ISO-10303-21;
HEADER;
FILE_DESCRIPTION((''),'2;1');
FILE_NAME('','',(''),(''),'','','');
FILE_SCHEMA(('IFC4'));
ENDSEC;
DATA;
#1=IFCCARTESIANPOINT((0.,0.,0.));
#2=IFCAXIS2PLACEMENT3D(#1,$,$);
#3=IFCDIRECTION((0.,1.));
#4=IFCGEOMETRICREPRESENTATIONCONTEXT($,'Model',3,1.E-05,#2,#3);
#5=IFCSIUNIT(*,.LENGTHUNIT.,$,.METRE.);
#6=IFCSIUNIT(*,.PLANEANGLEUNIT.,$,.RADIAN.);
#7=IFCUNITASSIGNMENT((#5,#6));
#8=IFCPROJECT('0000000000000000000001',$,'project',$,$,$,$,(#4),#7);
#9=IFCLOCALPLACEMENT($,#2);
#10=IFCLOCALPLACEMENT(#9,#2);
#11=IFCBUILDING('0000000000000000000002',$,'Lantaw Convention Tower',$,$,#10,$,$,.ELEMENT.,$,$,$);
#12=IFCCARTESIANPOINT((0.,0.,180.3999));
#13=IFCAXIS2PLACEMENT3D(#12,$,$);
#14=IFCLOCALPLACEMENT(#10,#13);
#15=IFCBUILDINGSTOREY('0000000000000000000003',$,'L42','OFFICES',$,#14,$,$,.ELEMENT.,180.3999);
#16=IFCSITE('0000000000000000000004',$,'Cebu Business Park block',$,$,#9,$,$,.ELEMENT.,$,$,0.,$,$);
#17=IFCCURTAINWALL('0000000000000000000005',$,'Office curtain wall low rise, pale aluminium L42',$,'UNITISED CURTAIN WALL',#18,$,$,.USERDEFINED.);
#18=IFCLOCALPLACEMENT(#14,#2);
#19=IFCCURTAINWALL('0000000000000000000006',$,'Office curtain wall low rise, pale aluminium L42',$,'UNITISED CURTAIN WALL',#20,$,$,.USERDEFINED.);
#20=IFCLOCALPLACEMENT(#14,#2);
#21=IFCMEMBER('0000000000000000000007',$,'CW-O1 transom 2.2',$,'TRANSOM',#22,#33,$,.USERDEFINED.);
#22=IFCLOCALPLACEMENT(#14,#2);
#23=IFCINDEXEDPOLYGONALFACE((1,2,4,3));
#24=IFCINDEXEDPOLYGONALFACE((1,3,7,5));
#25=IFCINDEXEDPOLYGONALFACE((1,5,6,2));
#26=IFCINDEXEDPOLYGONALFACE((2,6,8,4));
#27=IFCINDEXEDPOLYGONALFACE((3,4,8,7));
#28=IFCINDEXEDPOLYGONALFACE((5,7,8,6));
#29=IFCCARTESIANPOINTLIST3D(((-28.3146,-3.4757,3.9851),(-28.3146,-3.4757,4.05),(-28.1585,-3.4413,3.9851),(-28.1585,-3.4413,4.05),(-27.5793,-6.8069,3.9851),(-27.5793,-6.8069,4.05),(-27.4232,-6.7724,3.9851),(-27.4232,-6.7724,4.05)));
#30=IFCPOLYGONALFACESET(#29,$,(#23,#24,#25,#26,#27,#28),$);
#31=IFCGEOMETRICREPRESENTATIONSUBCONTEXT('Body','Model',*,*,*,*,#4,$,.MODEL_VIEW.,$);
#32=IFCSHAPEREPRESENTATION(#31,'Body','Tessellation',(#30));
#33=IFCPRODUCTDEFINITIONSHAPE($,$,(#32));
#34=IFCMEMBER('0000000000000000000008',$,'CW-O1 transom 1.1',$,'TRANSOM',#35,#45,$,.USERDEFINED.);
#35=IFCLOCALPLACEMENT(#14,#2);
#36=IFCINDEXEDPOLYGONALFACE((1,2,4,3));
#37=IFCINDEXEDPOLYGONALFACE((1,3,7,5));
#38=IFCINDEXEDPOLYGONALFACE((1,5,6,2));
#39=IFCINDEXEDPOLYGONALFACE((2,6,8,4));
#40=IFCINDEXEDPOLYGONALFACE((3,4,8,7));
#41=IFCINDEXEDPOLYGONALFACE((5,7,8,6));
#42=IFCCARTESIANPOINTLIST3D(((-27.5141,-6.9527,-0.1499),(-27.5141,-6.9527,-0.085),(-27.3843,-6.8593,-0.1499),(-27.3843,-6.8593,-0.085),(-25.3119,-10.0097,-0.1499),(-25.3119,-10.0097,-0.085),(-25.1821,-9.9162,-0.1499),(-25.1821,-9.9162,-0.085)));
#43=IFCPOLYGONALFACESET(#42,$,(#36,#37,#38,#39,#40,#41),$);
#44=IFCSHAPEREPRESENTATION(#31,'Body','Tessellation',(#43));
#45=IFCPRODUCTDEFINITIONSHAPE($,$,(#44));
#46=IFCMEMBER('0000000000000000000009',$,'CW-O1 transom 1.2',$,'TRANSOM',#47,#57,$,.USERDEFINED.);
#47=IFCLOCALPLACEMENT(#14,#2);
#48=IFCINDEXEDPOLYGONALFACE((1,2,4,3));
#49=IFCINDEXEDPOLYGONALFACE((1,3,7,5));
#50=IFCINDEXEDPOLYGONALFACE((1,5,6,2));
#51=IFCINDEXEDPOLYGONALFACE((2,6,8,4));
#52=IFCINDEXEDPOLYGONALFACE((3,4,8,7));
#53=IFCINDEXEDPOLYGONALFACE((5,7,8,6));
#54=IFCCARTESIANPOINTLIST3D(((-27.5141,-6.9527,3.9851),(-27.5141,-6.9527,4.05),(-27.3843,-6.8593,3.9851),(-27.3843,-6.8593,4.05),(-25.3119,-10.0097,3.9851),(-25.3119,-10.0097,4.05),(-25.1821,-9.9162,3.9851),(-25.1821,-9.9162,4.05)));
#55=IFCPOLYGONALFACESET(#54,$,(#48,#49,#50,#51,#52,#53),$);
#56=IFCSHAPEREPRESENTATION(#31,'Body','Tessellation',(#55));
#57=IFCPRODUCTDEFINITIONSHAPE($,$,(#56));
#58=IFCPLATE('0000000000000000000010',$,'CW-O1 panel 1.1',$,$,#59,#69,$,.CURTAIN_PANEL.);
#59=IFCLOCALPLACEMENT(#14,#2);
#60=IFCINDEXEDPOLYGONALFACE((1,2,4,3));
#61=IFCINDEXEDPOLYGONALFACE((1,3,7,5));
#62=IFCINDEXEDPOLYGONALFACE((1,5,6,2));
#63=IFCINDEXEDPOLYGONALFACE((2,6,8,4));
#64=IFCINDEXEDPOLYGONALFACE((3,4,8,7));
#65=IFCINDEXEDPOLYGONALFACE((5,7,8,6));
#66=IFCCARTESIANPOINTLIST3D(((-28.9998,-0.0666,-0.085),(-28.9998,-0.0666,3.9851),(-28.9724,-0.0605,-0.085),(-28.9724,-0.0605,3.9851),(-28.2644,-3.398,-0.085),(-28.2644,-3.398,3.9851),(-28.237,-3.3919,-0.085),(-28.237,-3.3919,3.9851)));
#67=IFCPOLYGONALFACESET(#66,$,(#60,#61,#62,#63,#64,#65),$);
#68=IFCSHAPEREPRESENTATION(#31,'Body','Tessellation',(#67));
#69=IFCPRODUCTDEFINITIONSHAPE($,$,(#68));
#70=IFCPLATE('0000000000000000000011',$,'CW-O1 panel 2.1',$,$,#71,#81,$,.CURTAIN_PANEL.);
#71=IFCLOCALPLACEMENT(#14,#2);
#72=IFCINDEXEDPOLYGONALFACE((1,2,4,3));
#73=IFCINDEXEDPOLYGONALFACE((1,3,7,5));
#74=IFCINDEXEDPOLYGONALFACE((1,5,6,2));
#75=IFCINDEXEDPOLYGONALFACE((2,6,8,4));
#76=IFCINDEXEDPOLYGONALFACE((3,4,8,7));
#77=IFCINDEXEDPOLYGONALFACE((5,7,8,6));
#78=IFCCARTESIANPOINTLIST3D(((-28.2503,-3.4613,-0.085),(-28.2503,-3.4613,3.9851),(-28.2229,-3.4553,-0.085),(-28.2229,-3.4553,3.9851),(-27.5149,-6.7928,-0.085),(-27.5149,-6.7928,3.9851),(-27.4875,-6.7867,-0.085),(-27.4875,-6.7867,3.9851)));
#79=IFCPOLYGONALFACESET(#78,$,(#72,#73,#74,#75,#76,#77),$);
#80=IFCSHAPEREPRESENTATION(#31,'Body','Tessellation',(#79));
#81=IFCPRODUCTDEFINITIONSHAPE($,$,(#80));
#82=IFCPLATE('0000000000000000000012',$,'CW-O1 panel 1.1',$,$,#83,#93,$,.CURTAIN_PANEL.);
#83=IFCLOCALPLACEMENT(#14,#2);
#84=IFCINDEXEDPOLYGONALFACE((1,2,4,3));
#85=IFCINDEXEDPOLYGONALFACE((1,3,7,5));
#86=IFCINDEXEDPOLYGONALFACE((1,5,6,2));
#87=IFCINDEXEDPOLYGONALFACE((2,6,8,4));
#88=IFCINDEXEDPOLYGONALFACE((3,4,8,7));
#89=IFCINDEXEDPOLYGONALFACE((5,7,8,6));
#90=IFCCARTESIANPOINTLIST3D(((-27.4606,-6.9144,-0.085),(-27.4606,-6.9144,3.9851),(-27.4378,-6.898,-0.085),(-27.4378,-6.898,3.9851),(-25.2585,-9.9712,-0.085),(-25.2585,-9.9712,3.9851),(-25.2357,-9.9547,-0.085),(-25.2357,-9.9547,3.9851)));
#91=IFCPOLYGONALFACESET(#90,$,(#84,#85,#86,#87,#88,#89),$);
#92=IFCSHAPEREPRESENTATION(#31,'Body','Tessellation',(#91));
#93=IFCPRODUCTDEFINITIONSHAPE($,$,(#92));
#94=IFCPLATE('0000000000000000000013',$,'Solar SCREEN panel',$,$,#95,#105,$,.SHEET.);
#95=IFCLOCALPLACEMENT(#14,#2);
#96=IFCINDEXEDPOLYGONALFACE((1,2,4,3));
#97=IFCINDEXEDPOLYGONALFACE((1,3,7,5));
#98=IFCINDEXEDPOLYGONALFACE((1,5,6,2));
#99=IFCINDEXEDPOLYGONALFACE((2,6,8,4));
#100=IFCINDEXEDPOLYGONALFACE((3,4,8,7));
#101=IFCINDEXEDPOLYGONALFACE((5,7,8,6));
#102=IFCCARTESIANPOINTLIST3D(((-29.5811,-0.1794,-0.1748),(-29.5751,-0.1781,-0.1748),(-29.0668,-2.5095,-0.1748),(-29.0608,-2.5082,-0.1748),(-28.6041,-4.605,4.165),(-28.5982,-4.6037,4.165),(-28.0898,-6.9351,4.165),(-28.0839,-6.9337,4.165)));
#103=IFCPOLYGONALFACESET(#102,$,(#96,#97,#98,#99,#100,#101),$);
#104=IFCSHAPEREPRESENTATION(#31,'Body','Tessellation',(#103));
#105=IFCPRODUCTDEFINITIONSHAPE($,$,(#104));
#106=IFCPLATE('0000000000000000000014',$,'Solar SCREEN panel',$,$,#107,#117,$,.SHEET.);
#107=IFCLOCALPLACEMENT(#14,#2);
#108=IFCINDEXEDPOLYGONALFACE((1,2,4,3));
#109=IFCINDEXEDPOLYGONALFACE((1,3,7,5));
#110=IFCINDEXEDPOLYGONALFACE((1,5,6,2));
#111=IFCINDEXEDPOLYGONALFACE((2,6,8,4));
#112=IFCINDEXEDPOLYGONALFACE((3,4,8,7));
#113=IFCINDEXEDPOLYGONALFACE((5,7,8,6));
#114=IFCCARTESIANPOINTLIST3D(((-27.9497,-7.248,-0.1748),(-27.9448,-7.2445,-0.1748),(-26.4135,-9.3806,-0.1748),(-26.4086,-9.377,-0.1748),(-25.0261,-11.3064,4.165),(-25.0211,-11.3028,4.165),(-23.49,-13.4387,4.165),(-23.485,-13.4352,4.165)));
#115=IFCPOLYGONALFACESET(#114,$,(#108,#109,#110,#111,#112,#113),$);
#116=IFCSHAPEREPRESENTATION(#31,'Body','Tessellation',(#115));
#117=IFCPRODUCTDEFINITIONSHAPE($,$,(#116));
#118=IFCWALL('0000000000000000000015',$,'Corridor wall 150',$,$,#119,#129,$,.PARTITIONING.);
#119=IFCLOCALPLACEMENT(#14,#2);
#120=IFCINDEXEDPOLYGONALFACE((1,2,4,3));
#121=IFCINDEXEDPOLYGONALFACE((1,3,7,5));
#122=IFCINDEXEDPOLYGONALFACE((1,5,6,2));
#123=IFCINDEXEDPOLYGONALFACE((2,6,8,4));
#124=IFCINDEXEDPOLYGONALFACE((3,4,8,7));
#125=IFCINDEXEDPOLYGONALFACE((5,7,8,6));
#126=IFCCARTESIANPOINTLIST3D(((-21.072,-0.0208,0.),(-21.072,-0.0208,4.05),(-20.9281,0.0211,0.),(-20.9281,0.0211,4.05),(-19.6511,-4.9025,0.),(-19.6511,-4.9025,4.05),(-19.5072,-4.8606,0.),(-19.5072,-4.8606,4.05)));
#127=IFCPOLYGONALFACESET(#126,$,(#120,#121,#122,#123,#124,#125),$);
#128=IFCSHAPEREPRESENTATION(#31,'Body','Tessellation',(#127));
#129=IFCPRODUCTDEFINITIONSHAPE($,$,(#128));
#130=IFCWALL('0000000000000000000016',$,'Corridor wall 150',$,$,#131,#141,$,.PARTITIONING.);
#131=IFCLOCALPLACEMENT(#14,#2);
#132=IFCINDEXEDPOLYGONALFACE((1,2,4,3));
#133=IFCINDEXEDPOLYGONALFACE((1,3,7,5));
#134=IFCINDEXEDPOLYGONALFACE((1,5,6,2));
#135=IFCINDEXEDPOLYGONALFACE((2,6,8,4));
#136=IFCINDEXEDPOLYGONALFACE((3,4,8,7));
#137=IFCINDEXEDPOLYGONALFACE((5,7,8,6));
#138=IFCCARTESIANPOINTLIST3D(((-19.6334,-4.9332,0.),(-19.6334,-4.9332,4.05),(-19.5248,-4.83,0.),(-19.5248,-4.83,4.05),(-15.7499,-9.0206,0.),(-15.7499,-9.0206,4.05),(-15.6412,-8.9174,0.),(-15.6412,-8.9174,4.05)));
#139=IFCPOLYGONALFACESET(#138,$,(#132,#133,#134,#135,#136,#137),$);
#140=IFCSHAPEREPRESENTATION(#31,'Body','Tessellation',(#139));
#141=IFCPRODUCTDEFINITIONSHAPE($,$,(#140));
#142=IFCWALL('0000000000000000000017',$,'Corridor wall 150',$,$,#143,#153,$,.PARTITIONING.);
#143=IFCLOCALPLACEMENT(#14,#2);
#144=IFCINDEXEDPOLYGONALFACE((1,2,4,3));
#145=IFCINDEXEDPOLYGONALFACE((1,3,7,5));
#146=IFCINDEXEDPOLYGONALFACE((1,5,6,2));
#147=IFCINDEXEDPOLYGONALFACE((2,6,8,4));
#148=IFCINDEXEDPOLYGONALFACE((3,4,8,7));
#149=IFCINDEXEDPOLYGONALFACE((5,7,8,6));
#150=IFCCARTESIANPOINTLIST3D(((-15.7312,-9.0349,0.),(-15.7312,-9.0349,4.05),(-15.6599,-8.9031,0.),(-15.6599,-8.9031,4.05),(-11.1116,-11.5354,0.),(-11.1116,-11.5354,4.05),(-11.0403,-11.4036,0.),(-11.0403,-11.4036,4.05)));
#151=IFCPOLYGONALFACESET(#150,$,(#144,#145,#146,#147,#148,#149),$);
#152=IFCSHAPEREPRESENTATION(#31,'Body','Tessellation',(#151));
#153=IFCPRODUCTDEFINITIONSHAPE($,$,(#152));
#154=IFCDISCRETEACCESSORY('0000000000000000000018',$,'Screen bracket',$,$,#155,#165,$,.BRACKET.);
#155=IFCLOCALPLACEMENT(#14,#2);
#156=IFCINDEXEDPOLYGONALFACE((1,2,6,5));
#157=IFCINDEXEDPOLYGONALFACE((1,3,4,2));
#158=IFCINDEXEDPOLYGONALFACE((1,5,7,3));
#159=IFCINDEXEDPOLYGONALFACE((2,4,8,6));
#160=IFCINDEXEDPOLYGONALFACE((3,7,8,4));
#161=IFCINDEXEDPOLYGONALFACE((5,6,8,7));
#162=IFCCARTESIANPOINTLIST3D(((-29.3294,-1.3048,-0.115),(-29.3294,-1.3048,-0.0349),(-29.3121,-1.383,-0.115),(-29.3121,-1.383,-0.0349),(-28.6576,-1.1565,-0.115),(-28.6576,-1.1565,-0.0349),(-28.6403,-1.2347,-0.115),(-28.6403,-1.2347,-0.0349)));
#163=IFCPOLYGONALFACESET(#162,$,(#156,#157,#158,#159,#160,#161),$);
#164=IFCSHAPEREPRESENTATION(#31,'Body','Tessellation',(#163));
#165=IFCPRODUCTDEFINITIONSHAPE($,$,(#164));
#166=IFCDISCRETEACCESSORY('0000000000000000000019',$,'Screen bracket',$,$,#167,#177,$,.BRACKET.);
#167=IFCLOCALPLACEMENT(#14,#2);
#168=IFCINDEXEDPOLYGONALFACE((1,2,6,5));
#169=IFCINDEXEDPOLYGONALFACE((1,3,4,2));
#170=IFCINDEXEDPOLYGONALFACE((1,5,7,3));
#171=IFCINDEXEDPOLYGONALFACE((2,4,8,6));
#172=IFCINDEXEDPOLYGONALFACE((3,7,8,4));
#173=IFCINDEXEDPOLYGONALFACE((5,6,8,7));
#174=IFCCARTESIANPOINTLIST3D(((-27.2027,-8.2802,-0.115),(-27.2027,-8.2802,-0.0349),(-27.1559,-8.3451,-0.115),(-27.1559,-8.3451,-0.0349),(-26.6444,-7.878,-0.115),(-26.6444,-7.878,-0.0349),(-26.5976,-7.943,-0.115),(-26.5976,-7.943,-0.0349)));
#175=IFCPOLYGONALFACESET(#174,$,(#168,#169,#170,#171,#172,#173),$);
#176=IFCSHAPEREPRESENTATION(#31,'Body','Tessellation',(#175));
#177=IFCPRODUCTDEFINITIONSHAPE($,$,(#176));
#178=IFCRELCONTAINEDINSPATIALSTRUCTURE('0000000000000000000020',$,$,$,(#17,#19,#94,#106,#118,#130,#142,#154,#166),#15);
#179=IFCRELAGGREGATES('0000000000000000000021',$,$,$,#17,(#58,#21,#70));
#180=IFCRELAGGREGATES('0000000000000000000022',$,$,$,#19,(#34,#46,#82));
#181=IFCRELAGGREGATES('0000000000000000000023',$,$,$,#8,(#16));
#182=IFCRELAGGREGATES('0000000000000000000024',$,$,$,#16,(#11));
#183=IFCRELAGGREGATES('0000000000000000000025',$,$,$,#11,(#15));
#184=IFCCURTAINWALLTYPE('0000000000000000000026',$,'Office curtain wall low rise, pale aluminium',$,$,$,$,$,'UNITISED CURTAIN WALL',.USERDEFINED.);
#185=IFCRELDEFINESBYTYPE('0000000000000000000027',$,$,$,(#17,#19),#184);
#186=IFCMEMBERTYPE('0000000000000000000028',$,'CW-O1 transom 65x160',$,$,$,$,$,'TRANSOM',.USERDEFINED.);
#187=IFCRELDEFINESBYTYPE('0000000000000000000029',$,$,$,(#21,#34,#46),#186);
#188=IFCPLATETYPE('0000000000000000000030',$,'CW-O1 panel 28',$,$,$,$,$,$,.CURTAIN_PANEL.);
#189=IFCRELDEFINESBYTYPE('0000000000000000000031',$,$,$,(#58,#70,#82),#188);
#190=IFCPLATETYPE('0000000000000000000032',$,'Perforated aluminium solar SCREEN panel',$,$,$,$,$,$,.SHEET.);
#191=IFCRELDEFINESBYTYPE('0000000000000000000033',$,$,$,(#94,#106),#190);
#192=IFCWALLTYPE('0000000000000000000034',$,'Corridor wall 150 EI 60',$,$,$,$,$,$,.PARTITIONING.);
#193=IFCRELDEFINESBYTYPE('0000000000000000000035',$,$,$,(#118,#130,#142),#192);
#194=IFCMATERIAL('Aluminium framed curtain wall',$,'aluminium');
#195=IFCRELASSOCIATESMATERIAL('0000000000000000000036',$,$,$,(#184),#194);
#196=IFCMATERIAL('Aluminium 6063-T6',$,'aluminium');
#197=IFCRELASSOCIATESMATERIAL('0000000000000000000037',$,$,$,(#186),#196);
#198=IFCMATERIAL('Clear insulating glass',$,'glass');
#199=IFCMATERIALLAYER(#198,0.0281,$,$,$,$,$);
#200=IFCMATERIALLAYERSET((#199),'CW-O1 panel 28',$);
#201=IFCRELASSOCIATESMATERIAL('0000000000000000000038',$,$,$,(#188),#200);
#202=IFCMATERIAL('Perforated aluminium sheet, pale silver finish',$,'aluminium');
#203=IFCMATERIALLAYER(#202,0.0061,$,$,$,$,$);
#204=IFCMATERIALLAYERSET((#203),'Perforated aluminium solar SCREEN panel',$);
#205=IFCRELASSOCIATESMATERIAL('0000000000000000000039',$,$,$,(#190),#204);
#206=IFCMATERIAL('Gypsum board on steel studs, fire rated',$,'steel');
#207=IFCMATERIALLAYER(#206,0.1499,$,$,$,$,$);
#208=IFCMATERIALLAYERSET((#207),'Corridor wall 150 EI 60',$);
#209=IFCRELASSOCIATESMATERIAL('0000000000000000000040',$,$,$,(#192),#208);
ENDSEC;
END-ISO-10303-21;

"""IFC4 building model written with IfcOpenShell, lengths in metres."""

from ifc_helpers import new_model, si_unit, direction, frame, frame_2d, origin, origin_2d, place, context, subcontext, project, spatial, polyline, rectangle, outline, extrude, material, layer, layer_set, material_profile, profile_set, type_object, element, aggregate, save


model = new_model("IFC4")

# Units and contexts
model_context = context("Model", 3, precision=1e-05, world=origin(), true_north=direction((0.0, 1.0)))
body_context = subcontext(model_context, "Body", "Model", "MODEL_VIEW")
ifc_project = project(units=[si_unit("LENGTHUNIT", "METRE"), si_unit("PLANEANGLEUNIT", "RADIAN")], contexts=[model_context])

# Site, building, storey
site_placement = place(None, origin())
site = spatial("IfcSite", under=ifc_project, at=site_placement, Name="Cebu Business Park block", CompositionType="ELEMENT", RefElevation=0.0)
building_placement = place(site_placement, origin())
building = spatial("IfcBuilding", under=site, at=building_placement, Name="Lantaw Convention Tower", CompositionType="ELEMENT")
storey_placement = place(building_placement, frame((0.0, 0.0, 180.3999)))
storey = spatial("IfcBuildingStorey", under=building, at=storey_placement, Name="L42", Description="OFFICES", CompositionType="ELEMENT", Elevation=180.3999)

# Curtain wall
ifc_material_1 = material(Name="Aluminium framed curtain wall", Category="aluminium")
curtain_wall_type = type_object("IfcCurtainWallType", Name="Office curtain wall low rise, pale aluminium", ElementType="UNITISED CURTAIN WALL", PredefinedType="USERDEFINED", material=ifc_material_1)
curtain_wall_1_placement = place(storey_placement, origin())
curtain_wall_1 = element("IfcCurtainWall", 1, at=curtain_wall_1_placement, inside=storey, type_object=curtain_wall_type, Name="Office curtain wall low rise, pale aluminium L42", ObjectType="UNITISED CURTAIN WALL", PredefinedType="USERDEFINED")
ifc_material_2 = material(Name="Aluminium 6063-T6", Category="aluminium")

# Curtain wall
curtain_wall_2_placement = place(storey_placement, origin())
curtain_wall_2 = element("IfcCurtainWall", 2, at=curtain_wall_2_placement, inside=storey, type_object=curtain_wall_type, Name="Office curtain wall low rise, pale aluminium L42", ObjectType="UNITISED CURTAIN WALL", PredefinedType="USERDEFINED")

# Members
ifc_material_profile_1 = material_profile(ifc_material_2, rectangle(XDim=0.1599, YDim=0.0649, at=origin_2d()), Name="CW-O1 transom 65x160")
ifc_profile_set_1 = profile_set([ifc_material_profile_1], Name="Aluminium 6063-T6")
member_type_1 = type_object("IfcMemberType", Name="CW-O1 transom 65x160", ElementType="TRANSOM", PredefinedType="USERDEFINED", material=ifc_profile_set_1)
member_1_placement = place(storey_placement, frame((-28.2366, -3.4585, 4.0176), z_axis=(0.215551, -0.976493, 0.0), x_axis=(0.976493, 0.215551, 0.0)))
member_1 = element("IfcMember", 3, at=member_1_placement, type_object=member_type_1, Name="CW-O1 transom 2.2", ObjectType="TRANSOM", PredefinedType="USERDEFINED", context=body_context, shape_type="SweptSolid", body=[
    extrude(rectangle(XDim=0.1599, YDim=0.0649, at=origin_2d()), origin(), (0.0, 0.0, 1.0), 3.4114),
])
member_2_placement = place(storey_placement, frame((-27.4492, -6.906, -0.1174), z_axis=(0.584513, -0.811384, 0.0), x_axis=(0.811384, 0.584513, 0.0)))
member_2 = element("IfcMember", 4, at=member_2_placement, type_object=member_type_1, Name="CW-O1 transom 1.1", ObjectType="TRANSOM", PredefinedType="USERDEFINED", context=body_context, shape_type="SweptSolid", body=[
    extrude(rectangle(XDim=0.1599, YDim=0.0649, at=origin_2d()), origin(), (0.0, 0.0, 1.0), 3.7676),
])
member_3_placement = place(storey_placement, frame((-27.4492, -6.906, 4.0176), z_axis=(0.584513, -0.811384, 0.0), x_axis=(0.811384, 0.584513, 0.0)))
member_3 = element("IfcMember", 5, at=member_3_placement, type_object=member_type_1, Name="CW-O1 transom 1.2", ObjectType="TRANSOM", PredefinedType="USERDEFINED", context=body_context, shape_type="SweptSolid", body=[
    extrude(rectangle(XDim=0.1599, YDim=0.0649, at=origin_2d()), origin(), (0.0, 0.0, 1.0), 3.7676),
])

# Plates
ifc_material_3 = material(Name="Clear insulating glass", Category="glass")
ifc_layer_1 = layer(ifc_material_3, 0.0281)
ifc_layer_set_1 = layer_set([ifc_layer_1], Name="CW-O1 panel 28")
plate_type_1 = type_object("IfcPlateType", Name="CW-O1 panel 28", PredefinedType="CURTAIN_PANEL", material=ifc_layer_set_1)
plate_1_placement = place(storey_placement, frame((-28.6184, -1.7292, -0.085), z_axis=(0.0, 0.0, 1.0), x_axis=(0.215546, -0.976494, 0.0)))
plate_1 = element("IfcPlate", 6, at=plate_1_placement, type_object=plate_type_1, Name="CW-O1 panel 1.1", PredefinedType="CURTAIN_PANEL", context=body_context, shape_type="SweptSolid", body=[
    extrude(rectangle(XDim=3.4116, YDim=0.0281, at=origin_2d()), origin(), (0.0, 0.0, 1.0), 4.0701),
])
plate_2_placement = place(storey_placement, frame((-27.8689, -5.124, -0.085), z_axis=(0.0, 0.0, 1.0), x_axis=(0.215546, -0.976494, 0.0)))
plate_2 = element("IfcPlate", 7, at=plate_2_placement, type_object=plate_type_1, Name="CW-O1 panel 2.1", PredefinedType="CURTAIN_PANEL", context=body_context, shape_type="SweptSolid", body=[
    extrude(rectangle(XDim=3.4116, YDim=0.0281, at=origin_2d()), origin(), (0.0, 0.0, 1.0), 4.0701),
])
aggregate(curtain_wall_1, [plate_1, member_1, plate_2])
plate_3_placement = place(storey_placement, frame((-26.3481, -8.4346, -0.085), z_axis=(0.0, 0.0, 1.0), x_axis=(0.584513, -0.811385, 0.0)))
plate_3 = element("IfcPlate", 8, at=plate_3_placement, type_object=plate_type_1, Name="CW-O1 panel 1.1", PredefinedType="CURTAIN_PANEL", context=body_context, shape_type="SweptSolid", body=[
    extrude(rectangle(XDim=3.7673, YDim=0.0281, at=origin_2d()), origin(), (0.0, 0.0, 1.0), 4.0701),
])
aggregate(curtain_wall_2, [member_2, member_3, plate_3])

# Plates
ifc_material_4 = material(Name="Perforated aluminium sheet, pale silver finish", Category="aluminium")
ifc_layer_2 = layer(ifc_material_4, 0.0061)
ifc_layer_set_2 = layer_set([ifc_layer_2], Name="Perforated aluminium solar SCREEN panel")
plate_type_2 = type_object("IfcPlateType", Name="Perforated aluminium solar SCREEN panel", PredefinedType="SHEET", material=ifc_layer_set_2)
plate_4_placement = place(storey_placement, frame((-29.5811, -0.1794, -0.1748), z_axis=(-0.976498, -0.215527, 0.000033), x_axis=(0.215527, -0.976498, 0.0)))
element("IfcPlate", 9, at=plate_4_placement, inside=storey, type_object=plate_type_2, Name="Solar SCREEN panel", PredefinedType="SHEET", context=body_context, shape_type="SweptSolid", body=[
    extrude(outline(polyline([(0.0, 0.0), (2.3862, 0.0), (6.9182, 4.3398), (4.5321, 4.3398), (0.0, 0.0)])), origin(), (0.0, 0.0, -1.0), 0.0061),
])
plate_5_placement = place(storey_placement, frame((-27.9497, -7.248, -0.1748), z_axis=(-0.811395, -0.584498, 0.000036), x_axis=(0.584498, -0.811395, 0.0)))
element("IfcPlate", 10, at=plate_5_placement, inside=storey, type_object=plate_type_2, Name="Solar SCREEN panel", PredefinedType="SHEET", context=body_context, shape_type="SweptSolid", body=[
    extrude(outline(polyline([(0.0, 0.0), (2.6282, 0.0), (7.6298, 4.3398), (5.0018, 4.3398), (0.0, 0.0)])), origin(), (0.0, 0.0, -1.0), 0.0061),
])

# Walls
ifc_material_5 = material(Name="Gypsum board on steel studs, fire rated", Category="steel")
ifc_layer_3 = layer(ifc_material_5, 0.1499)
ifc_layer_set_3 = layer_set([ifc_layer_3], Name="Corridor wall 150 EI 60")
wall_type = type_object("IfcWallType", Name="Corridor wall 150 EI 60", PredefinedType="PARTITIONING", material=ifc_layer_set_3)
wall_1_placement = place(storey_placement, frame((-21.0, 0.0, 0.0), z_axis=(0.0, 0.0, 1.0), x_axis=(0.279474, -0.960153, 0.0)))
element("IfcWall", 11, at=wall_1_placement, inside=storey, type_object=wall_type, Name="Corridor wall 150", PredefinedType="PARTITIONING", context=body_context, shape_type="SweptSolid", body=[
    extrude(rectangle(XDim=5.0842, YDim=0.1499, at=frame_2d((2.542, 0.0))), origin(), (0.0, 0.0, 1.0), 4.05),
])
wall_2_placement = place(storey_placement, frame((-19.5791, -4.8816, 0.0), z_axis=(0.0, 0.0, 1.0), x_axis=(0.688797, -0.724954, 0.0)))
element("IfcWall", 12, at=wall_2_placement, inside=storey, type_object=wall_type, Name="Corridor wall 150", PredefinedType="PARTITIONING", context=body_context, shape_type="SweptSolid", body=[
    extrude(rectangle(XDim=5.6382, YDim=0.1499, at=frame_2d((2.8191, 0.0))), origin(), (0.0, 0.0, 1.0), 4.05),
])
wall_3_placement = place(storey_placement, frame((-15.6956, -8.969, 0.0), z_axis=(0.0, 0.0, 1.0), x_axis=(0.879436, -0.476017, 0.0)))
element("IfcWall", 13, at=wall_3_placement, inside=storey, type_object=wall_type, Name="Corridor wall 150", PredefinedType="PARTITIONING", context=body_context, shape_type="SweptSolid", body=[
    extrude(rectangle(XDim=5.2529, YDim=0.1499, at=frame_2d((2.6265, 0.0))), origin(), (0.0, 0.0, 1.0), 4.05),
])

# Discrete accessories
for number, where, z_axis, x_axis, name in (
    (14, (-28.9849, -1.2698, -0.115), (0.0, 0.0, 1.0), (0.215546, -0.976494, 0.0), "Screen bracket"),
    (15, (-26.9001, -8.1116, -0.115), (0.0, 0.0, 1.0), (0.584513, -0.811385, 0.0), "Screen bracket"),
):
    element("IfcDiscreteAccessory", number, at=place(storey_placement, frame(where, z_axis=z_axis, x_axis=x_axis)), inside=storey, Name=name, PredefinedType="BRACKET", context=body_context, shape_type="SweptSolid", body=[
        extrude(rectangle(XDim=0.0801, YDim=0.688, at=origin_2d()), origin(), (0.0, 0.0, 1.0), 0.0801),
    ])

save(model, "model.ifc")
